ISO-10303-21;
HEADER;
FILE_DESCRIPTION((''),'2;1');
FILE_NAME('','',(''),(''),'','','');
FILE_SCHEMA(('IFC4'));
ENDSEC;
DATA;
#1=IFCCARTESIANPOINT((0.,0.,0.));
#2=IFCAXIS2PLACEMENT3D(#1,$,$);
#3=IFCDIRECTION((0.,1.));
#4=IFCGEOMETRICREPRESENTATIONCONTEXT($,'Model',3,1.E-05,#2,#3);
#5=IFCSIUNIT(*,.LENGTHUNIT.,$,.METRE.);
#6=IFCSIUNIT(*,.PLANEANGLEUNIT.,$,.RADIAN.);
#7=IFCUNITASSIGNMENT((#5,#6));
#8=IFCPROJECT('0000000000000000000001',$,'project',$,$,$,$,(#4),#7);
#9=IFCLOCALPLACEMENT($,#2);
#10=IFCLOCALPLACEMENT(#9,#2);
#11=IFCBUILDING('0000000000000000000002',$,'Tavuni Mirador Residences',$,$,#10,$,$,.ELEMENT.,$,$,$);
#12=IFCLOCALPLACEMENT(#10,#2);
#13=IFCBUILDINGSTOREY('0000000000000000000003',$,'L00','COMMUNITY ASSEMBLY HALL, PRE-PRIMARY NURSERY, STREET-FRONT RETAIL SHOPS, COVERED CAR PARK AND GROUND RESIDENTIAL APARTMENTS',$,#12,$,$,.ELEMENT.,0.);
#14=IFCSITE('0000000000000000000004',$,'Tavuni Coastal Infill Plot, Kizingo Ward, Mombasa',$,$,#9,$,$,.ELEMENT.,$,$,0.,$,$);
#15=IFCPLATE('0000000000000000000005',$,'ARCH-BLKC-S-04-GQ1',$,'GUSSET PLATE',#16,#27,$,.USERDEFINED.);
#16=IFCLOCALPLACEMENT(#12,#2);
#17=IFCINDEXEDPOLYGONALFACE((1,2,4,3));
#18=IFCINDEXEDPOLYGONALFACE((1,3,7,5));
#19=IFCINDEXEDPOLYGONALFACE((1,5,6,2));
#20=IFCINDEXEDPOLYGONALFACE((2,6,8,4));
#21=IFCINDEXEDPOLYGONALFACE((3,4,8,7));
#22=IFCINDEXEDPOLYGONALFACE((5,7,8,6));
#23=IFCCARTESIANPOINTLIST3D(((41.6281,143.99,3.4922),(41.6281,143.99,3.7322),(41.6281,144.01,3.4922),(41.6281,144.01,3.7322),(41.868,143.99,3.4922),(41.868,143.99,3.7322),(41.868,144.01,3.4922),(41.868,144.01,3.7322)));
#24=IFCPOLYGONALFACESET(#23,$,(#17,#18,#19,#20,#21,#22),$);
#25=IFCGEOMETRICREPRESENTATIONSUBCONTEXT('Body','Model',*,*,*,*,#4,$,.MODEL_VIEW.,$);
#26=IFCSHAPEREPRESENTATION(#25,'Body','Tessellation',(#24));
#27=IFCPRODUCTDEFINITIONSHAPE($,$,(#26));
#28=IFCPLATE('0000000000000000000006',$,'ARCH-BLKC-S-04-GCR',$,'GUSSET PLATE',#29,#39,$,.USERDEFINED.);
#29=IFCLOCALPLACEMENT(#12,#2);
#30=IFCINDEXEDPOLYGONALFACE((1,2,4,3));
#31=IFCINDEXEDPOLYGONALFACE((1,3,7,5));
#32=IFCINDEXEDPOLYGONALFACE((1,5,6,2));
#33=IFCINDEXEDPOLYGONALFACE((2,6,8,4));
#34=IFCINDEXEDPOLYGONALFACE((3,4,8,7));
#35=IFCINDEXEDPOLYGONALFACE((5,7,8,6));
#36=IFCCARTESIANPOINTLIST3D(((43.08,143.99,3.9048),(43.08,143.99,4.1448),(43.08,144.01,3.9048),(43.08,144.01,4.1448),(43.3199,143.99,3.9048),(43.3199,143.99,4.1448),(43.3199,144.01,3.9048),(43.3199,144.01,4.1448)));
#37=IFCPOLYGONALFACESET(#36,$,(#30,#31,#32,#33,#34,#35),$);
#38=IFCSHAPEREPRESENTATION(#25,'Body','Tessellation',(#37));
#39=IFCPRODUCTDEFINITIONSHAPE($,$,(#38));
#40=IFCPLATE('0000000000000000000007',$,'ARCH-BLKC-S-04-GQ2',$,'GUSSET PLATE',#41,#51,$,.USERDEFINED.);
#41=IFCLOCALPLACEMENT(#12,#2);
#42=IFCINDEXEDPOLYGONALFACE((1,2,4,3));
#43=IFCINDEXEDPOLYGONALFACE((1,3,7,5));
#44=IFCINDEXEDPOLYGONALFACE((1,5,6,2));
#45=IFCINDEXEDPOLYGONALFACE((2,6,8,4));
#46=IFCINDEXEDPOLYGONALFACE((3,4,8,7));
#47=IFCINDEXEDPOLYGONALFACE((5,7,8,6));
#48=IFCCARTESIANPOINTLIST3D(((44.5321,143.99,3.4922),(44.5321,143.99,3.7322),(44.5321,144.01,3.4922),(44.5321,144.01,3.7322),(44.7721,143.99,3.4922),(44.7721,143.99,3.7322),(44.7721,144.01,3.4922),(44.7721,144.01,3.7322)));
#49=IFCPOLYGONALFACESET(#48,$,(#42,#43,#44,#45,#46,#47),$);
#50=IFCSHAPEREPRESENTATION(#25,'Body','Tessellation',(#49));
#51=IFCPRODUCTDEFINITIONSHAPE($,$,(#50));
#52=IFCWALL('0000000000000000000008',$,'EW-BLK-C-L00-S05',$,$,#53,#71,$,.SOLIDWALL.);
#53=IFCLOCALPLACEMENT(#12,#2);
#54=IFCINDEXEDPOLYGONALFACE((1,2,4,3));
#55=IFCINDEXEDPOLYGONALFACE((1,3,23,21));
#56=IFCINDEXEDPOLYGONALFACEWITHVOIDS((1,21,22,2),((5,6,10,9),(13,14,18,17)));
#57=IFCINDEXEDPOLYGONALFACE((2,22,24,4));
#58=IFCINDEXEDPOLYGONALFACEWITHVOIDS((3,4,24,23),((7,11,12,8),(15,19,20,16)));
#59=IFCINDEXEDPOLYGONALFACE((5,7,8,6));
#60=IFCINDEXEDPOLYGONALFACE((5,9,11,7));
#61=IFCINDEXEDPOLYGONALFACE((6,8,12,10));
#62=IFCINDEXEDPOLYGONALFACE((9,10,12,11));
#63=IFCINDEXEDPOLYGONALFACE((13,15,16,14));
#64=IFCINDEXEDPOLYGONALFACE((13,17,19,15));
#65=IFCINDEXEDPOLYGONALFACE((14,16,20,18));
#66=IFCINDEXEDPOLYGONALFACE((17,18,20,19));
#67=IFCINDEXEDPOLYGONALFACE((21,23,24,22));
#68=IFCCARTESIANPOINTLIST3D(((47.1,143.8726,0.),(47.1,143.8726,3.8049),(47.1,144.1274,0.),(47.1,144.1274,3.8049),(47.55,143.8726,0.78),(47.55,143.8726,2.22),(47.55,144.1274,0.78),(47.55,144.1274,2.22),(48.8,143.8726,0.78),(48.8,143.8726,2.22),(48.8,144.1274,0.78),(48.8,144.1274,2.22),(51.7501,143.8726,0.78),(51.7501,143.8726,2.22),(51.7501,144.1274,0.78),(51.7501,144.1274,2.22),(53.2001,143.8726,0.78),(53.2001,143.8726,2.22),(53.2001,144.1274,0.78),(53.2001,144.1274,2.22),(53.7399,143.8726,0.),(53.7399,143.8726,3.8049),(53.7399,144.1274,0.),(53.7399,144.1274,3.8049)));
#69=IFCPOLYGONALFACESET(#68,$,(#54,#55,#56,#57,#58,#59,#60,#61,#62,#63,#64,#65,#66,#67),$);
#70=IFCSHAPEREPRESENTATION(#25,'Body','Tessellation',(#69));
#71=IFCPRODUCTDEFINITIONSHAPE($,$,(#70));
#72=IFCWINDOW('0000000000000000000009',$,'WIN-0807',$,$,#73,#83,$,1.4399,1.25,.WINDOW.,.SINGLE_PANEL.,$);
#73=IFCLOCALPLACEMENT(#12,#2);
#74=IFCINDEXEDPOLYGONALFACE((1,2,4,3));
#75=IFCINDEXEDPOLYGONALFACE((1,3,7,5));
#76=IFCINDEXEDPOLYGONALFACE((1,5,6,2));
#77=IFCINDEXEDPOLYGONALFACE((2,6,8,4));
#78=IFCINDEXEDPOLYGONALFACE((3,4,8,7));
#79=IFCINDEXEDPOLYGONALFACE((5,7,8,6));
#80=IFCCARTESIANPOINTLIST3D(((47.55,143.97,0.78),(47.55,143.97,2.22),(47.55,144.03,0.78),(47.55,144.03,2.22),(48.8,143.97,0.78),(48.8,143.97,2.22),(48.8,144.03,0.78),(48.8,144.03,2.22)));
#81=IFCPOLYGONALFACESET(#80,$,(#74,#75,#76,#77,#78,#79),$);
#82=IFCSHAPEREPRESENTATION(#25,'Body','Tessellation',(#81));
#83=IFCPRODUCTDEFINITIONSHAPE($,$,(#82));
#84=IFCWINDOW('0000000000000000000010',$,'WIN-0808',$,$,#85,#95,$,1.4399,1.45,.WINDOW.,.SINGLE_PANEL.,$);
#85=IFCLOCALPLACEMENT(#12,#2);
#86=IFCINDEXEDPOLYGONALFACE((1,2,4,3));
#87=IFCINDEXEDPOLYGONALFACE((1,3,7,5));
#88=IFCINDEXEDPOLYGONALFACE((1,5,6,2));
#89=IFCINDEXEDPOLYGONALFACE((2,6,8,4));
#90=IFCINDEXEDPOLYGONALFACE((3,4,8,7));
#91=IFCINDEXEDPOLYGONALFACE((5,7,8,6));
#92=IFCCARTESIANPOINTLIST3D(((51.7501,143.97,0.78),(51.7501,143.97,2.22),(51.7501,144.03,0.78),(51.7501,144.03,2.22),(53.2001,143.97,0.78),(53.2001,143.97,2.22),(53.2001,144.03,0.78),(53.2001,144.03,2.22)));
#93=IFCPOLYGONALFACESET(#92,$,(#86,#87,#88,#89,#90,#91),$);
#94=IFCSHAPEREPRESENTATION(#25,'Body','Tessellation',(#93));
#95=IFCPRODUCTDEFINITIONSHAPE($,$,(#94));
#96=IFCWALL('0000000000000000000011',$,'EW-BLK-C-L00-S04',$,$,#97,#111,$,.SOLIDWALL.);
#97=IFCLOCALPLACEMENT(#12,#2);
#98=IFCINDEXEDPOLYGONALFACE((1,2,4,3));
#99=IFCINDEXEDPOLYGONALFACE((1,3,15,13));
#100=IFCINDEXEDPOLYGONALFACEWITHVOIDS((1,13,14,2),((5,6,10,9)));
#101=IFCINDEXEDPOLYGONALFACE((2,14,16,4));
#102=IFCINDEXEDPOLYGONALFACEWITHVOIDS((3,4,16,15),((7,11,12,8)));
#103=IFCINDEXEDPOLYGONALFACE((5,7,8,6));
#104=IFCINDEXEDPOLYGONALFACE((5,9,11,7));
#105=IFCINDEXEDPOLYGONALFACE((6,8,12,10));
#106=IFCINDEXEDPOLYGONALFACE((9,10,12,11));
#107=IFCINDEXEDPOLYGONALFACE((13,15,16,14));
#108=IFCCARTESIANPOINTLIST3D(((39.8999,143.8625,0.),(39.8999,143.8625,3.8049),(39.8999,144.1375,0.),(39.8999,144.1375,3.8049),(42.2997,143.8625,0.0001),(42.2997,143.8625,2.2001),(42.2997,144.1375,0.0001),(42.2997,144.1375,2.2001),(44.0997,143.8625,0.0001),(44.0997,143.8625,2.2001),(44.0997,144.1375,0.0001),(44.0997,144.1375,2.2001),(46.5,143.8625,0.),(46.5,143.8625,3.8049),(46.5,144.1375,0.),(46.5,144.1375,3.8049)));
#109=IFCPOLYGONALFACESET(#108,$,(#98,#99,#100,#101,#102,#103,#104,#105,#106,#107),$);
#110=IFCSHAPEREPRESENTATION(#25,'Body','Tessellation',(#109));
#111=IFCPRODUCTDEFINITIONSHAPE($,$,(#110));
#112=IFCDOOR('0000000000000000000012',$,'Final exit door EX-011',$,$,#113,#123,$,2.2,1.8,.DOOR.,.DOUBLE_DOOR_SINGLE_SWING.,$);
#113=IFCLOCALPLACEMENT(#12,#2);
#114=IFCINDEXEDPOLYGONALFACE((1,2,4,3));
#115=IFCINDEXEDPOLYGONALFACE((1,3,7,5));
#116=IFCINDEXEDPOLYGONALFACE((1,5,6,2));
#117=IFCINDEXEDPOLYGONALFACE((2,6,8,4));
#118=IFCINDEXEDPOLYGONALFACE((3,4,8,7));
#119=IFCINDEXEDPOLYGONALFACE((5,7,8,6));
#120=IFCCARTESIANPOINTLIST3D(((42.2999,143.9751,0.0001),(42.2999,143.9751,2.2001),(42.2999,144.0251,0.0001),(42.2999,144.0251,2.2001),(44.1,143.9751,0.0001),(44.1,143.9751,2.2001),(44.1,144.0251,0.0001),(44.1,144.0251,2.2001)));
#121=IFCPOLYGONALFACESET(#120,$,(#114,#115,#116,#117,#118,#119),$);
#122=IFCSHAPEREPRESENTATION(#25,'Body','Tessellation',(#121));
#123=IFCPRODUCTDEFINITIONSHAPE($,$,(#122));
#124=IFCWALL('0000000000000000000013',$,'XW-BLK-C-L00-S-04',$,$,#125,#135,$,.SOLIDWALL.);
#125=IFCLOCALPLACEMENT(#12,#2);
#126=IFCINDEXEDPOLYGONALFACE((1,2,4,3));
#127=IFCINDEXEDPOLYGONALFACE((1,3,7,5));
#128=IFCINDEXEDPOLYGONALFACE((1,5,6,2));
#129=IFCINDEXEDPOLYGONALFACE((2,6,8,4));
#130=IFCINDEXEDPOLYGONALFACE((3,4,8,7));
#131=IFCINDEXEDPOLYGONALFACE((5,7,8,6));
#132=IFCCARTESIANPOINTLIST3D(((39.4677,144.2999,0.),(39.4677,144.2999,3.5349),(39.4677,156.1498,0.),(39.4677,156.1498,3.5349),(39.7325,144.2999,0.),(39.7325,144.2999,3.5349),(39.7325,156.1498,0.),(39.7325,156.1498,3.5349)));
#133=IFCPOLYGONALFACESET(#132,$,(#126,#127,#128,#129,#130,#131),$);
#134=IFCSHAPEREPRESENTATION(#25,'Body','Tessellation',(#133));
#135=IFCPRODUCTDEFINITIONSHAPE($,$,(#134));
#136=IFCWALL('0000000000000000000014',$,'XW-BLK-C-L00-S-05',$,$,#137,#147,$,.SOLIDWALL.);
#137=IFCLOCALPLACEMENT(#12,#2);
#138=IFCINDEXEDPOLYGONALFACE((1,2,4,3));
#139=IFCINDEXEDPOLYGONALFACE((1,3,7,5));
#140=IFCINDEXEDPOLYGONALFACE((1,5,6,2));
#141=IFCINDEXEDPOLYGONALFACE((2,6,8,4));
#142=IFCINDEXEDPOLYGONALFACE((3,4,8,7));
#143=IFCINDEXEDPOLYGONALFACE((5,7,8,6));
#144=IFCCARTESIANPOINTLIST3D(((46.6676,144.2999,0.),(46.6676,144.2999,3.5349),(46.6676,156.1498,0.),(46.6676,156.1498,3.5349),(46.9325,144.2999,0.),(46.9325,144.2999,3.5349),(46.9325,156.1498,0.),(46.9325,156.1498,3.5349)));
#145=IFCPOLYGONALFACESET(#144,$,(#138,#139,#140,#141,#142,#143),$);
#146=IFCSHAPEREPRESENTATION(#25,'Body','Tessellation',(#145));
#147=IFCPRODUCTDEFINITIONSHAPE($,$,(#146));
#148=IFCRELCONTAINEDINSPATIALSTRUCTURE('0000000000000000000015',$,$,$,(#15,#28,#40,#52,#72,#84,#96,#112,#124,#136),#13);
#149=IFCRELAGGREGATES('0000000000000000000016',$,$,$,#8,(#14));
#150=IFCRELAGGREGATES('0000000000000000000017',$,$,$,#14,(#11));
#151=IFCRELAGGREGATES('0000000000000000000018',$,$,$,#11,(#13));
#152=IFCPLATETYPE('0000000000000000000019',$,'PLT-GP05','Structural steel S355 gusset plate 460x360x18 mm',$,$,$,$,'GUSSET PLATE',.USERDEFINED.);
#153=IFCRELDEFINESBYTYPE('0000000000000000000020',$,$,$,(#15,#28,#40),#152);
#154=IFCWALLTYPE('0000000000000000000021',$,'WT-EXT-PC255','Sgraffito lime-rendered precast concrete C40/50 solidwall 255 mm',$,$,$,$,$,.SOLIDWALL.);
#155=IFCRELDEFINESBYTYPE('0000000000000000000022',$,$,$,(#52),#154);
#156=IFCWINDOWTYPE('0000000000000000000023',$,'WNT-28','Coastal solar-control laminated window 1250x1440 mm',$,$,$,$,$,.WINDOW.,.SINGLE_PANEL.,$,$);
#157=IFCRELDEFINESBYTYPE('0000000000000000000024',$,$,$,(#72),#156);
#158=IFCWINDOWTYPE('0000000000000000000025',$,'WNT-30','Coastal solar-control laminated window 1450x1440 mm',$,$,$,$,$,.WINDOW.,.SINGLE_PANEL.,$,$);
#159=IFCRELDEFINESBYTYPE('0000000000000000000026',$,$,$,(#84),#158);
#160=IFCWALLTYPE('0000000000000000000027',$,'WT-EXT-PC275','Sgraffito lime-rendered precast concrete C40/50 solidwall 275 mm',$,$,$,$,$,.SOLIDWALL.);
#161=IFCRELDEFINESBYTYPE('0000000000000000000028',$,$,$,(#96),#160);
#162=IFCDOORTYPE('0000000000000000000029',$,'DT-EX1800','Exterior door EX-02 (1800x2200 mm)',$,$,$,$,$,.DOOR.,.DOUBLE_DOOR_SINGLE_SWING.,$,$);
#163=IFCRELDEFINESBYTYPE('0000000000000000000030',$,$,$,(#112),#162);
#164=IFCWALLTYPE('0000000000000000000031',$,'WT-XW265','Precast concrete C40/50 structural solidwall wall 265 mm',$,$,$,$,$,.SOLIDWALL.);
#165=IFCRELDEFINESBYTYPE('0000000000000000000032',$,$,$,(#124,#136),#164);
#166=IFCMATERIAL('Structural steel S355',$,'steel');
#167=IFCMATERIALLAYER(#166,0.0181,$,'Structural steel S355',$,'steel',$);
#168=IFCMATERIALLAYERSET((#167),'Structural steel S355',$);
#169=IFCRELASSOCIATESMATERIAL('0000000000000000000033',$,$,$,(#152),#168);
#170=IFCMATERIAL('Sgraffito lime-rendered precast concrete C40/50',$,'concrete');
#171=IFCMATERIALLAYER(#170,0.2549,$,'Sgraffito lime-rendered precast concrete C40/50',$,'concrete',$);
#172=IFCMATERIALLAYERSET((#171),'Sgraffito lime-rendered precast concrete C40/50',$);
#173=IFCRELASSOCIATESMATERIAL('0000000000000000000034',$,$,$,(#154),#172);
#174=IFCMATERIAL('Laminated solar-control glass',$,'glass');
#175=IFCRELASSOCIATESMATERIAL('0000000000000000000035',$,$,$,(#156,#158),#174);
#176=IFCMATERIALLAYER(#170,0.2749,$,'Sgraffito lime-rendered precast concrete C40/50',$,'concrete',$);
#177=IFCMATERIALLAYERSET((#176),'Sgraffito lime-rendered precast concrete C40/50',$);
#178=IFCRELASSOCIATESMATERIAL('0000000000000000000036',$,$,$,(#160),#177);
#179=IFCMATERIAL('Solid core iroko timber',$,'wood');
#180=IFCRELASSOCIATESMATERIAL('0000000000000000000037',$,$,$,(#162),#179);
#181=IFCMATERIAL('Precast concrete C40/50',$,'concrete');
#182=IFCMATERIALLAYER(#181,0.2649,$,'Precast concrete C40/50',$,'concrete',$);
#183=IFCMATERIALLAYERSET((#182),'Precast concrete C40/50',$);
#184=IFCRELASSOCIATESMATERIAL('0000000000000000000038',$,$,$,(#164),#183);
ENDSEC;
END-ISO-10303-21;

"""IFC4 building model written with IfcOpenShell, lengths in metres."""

from ifc_helpers import new_model, si_unit, direction, frame, frame_2d, origin, origin_2d, place, context, subcontext, project, spatial, rectangle, extrude, material, layer, layer_set, type_object, element, fill, save


model = new_model("IFC4")

# Units and contexts
model_context = context("Model", 3, precision=1e-05, world=origin(), true_north=direction((0.0, 1.0)))
body_context = subcontext(model_context, "Body", "Model", "MODEL_VIEW")
ifc_project = project(units=[si_unit("LENGTHUNIT", "METRE"), si_unit("PLANEANGLEUNIT", "RADIAN")], contexts=[model_context])

# Site, building, storey
site_placement = place(None, origin())
site = spatial("IfcSite", under=ifc_project, at=site_placement, Name="Tavuni Coastal Infill Plot, Kizingo Ward, Mombasa", CompositionType="ELEMENT", RefElevation=0.0)
building_placement = place(site_placement, origin())
building = spatial("IfcBuilding", under=site, at=building_placement, Name="Tavuni Mirador Residences", CompositionType="ELEMENT")
storey_placement = place(building_placement, origin())
storey = spatial("IfcBuildingStorey", under=building, at=storey_placement, Name="L00", Description="COMMUNITY ASSEMBLY HALL, PRE-PRIMARY NURSERY, STREET-FRONT RETAIL SHOPS, COVERED CAR PARK AND GROUND RESIDENTIAL APARTMENTS", CompositionType="ELEMENT", Elevation=0.0)

# Shared definitions
ifc_material_1 = material(Name="Precast concrete C40/50", Category="concrete")

# Shared definitions
ifc_material_2 = material(Name="Structural steel S355", Category="steel")

# Plates
ifc_layer_1 = layer(ifc_material_2, 0.0181, Name="Structural steel S355", Category="steel")
ifc_layer_set_1 = layer_set([ifc_layer_1], Name="Structural steel S355")
plate_type = type_object("IfcPlateType", Name="PLT-GP05", Description="Structural steel S355 gusset plate 460x360x18 mm", ElementType="GUSSET PLATE", PredefinedType="USERDEFINED", material=ifc_layer_set_1)
for number, where, z_axis, x_axis, name in (
    (1, (41.748, 144.0, 3.4922), (0.0, 0.0, 1.0), (1.0, 0.0, 0.0), "ARCH-BLKC-S-04-GQ1"),
    (2, (43.2, 144.0, 3.9048), (0.0, 0.0, 1.0), (1.0, 0.0, 0.0), "ARCH-BLKC-S-04-GCR"),
    (3, (44.6521, 144.0, 3.4922), (0.0, 0.0, 1.0), (1.0, 0.0, 0.0), "ARCH-BLKC-S-04-GQ2"),
):
    element("IfcPlate", number, at=place(storey_placement, frame(where, z_axis=z_axis, x_axis=x_axis)), inside=storey, type_object=plate_type, Name=name, ObjectType="GUSSET PLATE", PredefinedType="USERDEFINED", context=body_context, shape_type="SweptSolid", body=[
        extrude(rectangle(XDim=0.24, YDim=0.02, at=origin_2d()), origin(), (0.0, 0.0, 1.0), 0.24),
    ])

# Wall, openings, windows
ifc_material_3 = material(Name="Sgraffito lime-rendered precast concrete C40/50", Category="concrete")
ifc_layer_2 = layer(ifc_material_3, 0.2549, Name="Sgraffito lime-rendered precast concrete C40/50", Category="concrete")
ifc_layer_set_2 = layer_set([ifc_layer_2], Name="Sgraffito lime-rendered precast concrete C40/50")
wall_type_1 = type_object("IfcWallType", Name="WT-EXT-PC255", Description="Sgraffito lime-rendered precast concrete C40/50 solidwall 255 mm", PredefinedType="SOLIDWALL", material=ifc_layer_set_2)
wall_1_placement = place(storey_placement, frame((47.1001, 144.0, 0.0), z_axis=(0.0, 0.0, 1.0), x_axis=(1.0, 0.0, 0.0)))
wall_1 = element("IfcWall", 4, at=wall_1_placement, inside=storey, type_object=wall_type_1, Name="EW-BLK-C-L00-S05", PredefinedType="SOLIDWALL", context=body_context, shape_type="SweptSolid", body=[
    extrude(rectangle(XDim=6.6399, YDim=0.2549, at=frame_2d((3.3198, 0.0))), origin(), (0.0, 0.0, 1.0), 3.8049),
])
opening_1_placement = place(wall_1_placement, frame((0.45, 0.0, 0.78)))
opening_1 = element("IfcOpeningElement", 5, at=opening_1_placement, cuts=wall_1, PredefinedType="OPENING", context=body_context, shape_type="SweptSolid", body=[
    extrude(rectangle(XDim=1.25, YDim=1.4399, at=frame_2d((0.625, 0.72))), frame((0.0, 0.1375, 0.0), z_axis=(0.0, -1.0, 0.0), x_axis=(1.0, 0.0, 0.0)), (0.0, 0.0, 1.0), 0.2749),
])
opening_2_placement = place(wall_1_placement, frame((4.6499, 0.0, 0.78)))
opening_2 = element("IfcOpeningElement", 6, at=opening_2_placement, cuts=wall_1, PredefinedType="OPENING", context=body_context, shape_type="SweptSolid", body=[
    extrude(rectangle(XDim=1.45, YDim=1.4399, at=frame_2d((0.7251, 0.72))), frame((0.0, 0.1375, 0.0), z_axis=(0.0, -1.0, 0.0), x_axis=(1.0, 0.0, 0.0)), (0.0, 0.0, 1.0), 0.2749),
])
ifc_material_4 = material(Name="Laminated solar-control glass", Category="glass")
window_type_1 = type_object("IfcWindowType", Name="WNT-28", Description="Coastal solar-control laminated window 1250x1440 mm", PartitioningType="SINGLE_PANEL", PredefinedType="WINDOW", material=ifc_material_4)
window_1_placement = place(opening_1_placement, origin())
window_1 = element("IfcWindow", 7, at=window_1_placement, inside=storey, type_object=window_type_1, Name="WIN-0807", OverallHeight=1.4399, OverallWidth=1.25, PartitioningType="SINGLE_PANEL", PredefinedType="WINDOW", context=body_context, shape_type="SweptSolid", body=[
    extrude(rectangle(XDim=1.25, YDim=1.4399, at=frame_2d((0.625, 0.72))), frame((0.0, 0.03, 0.0), z_axis=(0.0, -1.0, 0.0), x_axis=(1.0, 0.0, 0.0)), (0.0, 0.0, 1.0), 0.0601),
])
fill(opening_1, window_1)
window_type_2 = type_object("IfcWindowType", Name="WNT-30", Description="Coastal solar-control laminated window 1450x1440 mm", PartitioningType="SINGLE_PANEL", PredefinedType="WINDOW", material=ifc_material_4)
window_2_placement = place(opening_2_placement, origin())
window_2 = element("IfcWindow", 8, at=window_2_placement, inside=storey, type_object=window_type_2, Name="WIN-0808", OverallHeight=1.4399, OverallWidth=1.45, PartitioningType="SINGLE_PANEL", PredefinedType="WINDOW", context=body_context, shape_type="SweptSolid", body=[
    extrude(rectangle(XDim=1.45, YDim=1.4399, at=frame_2d((0.7251, 0.72))), frame((0.0, 0.03, 0.0), z_axis=(0.0, -1.0, 0.0), x_axis=(1.0, 0.0, 0.0)), (0.0, 0.0, 1.0), 0.0601),
])
fill(opening_2, window_2)

# Wall, opening, door
ifc_layer_3 = layer(ifc_material_3, 0.2749, Name="Sgraffito lime-rendered precast concrete C40/50", Category="concrete")
ifc_layer_set_3 = layer_set([ifc_layer_3], Name="Sgraffito lime-rendered precast concrete C40/50")
wall_type_2 = type_object("IfcWallType", Name="WT-EXT-PC275", Description="Sgraffito lime-rendered precast concrete C40/50 solidwall 275 mm", PredefinedType="SOLIDWALL", material=ifc_layer_set_3)
wall_2_placement = place(storey_placement, frame((39.8999, 144.0, 0.0), z_axis=(0.0, 0.0, 1.0), x_axis=(1.0, 0.0, 0.0)))
wall_2 = element("IfcWall", 9, at=wall_2_placement, inside=storey, type_object=wall_type_2, Name="EW-BLK-C-L00-S04", PredefinedType="SOLIDWALL", context=body_context, shape_type="SweptSolid", body=[
    extrude(rectangle(XDim=6.6001, YDim=0.2749, at=frame_2d((3.3, 0.0))), origin(), (0.0, 0.0, 1.0), 3.8049),
])
opening_3_placement = place(wall_2_placement, frame((2.3999, 0.0, 0.0)))
opening_3 = element("IfcOpeningElement", 10, at=opening_3_placement, cuts=wall_2, PredefinedType="OPENING", context=body_context, shape_type="SweptSolid", body=[
    extrude(rectangle(XDim=1.8, YDim=2.2, at=frame_2d((0.8999, 1.1001))), frame((0.0, 0.1475, 0.0), z_axis=(0.0, -1.0, 0.0), x_axis=(1.0, 0.0, 0.0)), (0.0, 0.0, 1.0), 0.2949),
])
ifc_material_5 = material(Name="Solid core iroko timber", Category="wood")
door_type = type_object("IfcDoorType", Name="DT-EX1800", Description="Exterior door EX-02 (1800x2200 mm)", OperationType="DOUBLE_DOOR_SINGLE_SWING", PredefinedType="DOOR", material=ifc_material_5)
door_placement = place(opening_3_placement, frame((1.8, 0.0, 0.0), z_axis=(0.0, 0.0, 1.0), x_axis=(-1.0, 0.0, 0.0)))
door = element("IfcDoor", 11, at=door_placement, inside=storey, type_object=door_type, Name="Final exit door EX-011", OperationType="DOUBLE_DOOR_SINGLE_SWING", OverallHeight=2.2, OverallWidth=1.8, PredefinedType="DOOR", context=body_context, shape_type="SweptSolid", body=[
    extrude(rectangle(XDim=1.8, YDim=2.2, at=frame_2d((0.8999, 1.1001))), frame((0.0, 0.0249, 0.0), z_axis=(0.0, -1.0, 0.0), x_axis=(1.0, 0.0, 0.0)), (0.0, 0.0, 1.0), 0.05),
])
fill(opening_3, door)

# Walls
ifc_layer_4 = layer(ifc_material_1, 0.2649, Name="Precast concrete C40/50", Category="concrete")
ifc_layer_set_4 = layer_set([ifc_layer_4], Name="Precast concrete C40/50")
wall_type_3 = type_object("IfcWallType", Name="WT-XW265", Description="Precast concrete C40/50 structural solidwall wall 265 mm", PredefinedType="SOLIDWALL", material=ifc_layer_set_4)
for number, where, z_axis, x_axis, name in (
    (12, (39.6001, 144.3, 0.0), (0.0, 0.0, 1.0), (0.0, 1.0, 0.0), "XW-BLK-C-L00-S-04"),
    (13, (46.8, 144.3, 0.0), (0.0, 0.0, 1.0), (0.0, 1.0, 0.0), "XW-BLK-C-L00-S-05"),
):
    element("IfcWall", number, at=place(storey_placement, frame(where, z_axis=z_axis, x_axis=x_axis)), inside=storey, type_object=wall_type_3, Name=name, PredefinedType="SOLIDWALL", context=body_context, shape_type="SweptSolid", body=[
        extrude(rectangle(XDim=11.8499, YDim=0.2649, at=frame_2d((5.9248, 0.0))), origin(), (0.0, 0.0, 1.0), 3.5349),
    ])

save(model, "model.ifc")
